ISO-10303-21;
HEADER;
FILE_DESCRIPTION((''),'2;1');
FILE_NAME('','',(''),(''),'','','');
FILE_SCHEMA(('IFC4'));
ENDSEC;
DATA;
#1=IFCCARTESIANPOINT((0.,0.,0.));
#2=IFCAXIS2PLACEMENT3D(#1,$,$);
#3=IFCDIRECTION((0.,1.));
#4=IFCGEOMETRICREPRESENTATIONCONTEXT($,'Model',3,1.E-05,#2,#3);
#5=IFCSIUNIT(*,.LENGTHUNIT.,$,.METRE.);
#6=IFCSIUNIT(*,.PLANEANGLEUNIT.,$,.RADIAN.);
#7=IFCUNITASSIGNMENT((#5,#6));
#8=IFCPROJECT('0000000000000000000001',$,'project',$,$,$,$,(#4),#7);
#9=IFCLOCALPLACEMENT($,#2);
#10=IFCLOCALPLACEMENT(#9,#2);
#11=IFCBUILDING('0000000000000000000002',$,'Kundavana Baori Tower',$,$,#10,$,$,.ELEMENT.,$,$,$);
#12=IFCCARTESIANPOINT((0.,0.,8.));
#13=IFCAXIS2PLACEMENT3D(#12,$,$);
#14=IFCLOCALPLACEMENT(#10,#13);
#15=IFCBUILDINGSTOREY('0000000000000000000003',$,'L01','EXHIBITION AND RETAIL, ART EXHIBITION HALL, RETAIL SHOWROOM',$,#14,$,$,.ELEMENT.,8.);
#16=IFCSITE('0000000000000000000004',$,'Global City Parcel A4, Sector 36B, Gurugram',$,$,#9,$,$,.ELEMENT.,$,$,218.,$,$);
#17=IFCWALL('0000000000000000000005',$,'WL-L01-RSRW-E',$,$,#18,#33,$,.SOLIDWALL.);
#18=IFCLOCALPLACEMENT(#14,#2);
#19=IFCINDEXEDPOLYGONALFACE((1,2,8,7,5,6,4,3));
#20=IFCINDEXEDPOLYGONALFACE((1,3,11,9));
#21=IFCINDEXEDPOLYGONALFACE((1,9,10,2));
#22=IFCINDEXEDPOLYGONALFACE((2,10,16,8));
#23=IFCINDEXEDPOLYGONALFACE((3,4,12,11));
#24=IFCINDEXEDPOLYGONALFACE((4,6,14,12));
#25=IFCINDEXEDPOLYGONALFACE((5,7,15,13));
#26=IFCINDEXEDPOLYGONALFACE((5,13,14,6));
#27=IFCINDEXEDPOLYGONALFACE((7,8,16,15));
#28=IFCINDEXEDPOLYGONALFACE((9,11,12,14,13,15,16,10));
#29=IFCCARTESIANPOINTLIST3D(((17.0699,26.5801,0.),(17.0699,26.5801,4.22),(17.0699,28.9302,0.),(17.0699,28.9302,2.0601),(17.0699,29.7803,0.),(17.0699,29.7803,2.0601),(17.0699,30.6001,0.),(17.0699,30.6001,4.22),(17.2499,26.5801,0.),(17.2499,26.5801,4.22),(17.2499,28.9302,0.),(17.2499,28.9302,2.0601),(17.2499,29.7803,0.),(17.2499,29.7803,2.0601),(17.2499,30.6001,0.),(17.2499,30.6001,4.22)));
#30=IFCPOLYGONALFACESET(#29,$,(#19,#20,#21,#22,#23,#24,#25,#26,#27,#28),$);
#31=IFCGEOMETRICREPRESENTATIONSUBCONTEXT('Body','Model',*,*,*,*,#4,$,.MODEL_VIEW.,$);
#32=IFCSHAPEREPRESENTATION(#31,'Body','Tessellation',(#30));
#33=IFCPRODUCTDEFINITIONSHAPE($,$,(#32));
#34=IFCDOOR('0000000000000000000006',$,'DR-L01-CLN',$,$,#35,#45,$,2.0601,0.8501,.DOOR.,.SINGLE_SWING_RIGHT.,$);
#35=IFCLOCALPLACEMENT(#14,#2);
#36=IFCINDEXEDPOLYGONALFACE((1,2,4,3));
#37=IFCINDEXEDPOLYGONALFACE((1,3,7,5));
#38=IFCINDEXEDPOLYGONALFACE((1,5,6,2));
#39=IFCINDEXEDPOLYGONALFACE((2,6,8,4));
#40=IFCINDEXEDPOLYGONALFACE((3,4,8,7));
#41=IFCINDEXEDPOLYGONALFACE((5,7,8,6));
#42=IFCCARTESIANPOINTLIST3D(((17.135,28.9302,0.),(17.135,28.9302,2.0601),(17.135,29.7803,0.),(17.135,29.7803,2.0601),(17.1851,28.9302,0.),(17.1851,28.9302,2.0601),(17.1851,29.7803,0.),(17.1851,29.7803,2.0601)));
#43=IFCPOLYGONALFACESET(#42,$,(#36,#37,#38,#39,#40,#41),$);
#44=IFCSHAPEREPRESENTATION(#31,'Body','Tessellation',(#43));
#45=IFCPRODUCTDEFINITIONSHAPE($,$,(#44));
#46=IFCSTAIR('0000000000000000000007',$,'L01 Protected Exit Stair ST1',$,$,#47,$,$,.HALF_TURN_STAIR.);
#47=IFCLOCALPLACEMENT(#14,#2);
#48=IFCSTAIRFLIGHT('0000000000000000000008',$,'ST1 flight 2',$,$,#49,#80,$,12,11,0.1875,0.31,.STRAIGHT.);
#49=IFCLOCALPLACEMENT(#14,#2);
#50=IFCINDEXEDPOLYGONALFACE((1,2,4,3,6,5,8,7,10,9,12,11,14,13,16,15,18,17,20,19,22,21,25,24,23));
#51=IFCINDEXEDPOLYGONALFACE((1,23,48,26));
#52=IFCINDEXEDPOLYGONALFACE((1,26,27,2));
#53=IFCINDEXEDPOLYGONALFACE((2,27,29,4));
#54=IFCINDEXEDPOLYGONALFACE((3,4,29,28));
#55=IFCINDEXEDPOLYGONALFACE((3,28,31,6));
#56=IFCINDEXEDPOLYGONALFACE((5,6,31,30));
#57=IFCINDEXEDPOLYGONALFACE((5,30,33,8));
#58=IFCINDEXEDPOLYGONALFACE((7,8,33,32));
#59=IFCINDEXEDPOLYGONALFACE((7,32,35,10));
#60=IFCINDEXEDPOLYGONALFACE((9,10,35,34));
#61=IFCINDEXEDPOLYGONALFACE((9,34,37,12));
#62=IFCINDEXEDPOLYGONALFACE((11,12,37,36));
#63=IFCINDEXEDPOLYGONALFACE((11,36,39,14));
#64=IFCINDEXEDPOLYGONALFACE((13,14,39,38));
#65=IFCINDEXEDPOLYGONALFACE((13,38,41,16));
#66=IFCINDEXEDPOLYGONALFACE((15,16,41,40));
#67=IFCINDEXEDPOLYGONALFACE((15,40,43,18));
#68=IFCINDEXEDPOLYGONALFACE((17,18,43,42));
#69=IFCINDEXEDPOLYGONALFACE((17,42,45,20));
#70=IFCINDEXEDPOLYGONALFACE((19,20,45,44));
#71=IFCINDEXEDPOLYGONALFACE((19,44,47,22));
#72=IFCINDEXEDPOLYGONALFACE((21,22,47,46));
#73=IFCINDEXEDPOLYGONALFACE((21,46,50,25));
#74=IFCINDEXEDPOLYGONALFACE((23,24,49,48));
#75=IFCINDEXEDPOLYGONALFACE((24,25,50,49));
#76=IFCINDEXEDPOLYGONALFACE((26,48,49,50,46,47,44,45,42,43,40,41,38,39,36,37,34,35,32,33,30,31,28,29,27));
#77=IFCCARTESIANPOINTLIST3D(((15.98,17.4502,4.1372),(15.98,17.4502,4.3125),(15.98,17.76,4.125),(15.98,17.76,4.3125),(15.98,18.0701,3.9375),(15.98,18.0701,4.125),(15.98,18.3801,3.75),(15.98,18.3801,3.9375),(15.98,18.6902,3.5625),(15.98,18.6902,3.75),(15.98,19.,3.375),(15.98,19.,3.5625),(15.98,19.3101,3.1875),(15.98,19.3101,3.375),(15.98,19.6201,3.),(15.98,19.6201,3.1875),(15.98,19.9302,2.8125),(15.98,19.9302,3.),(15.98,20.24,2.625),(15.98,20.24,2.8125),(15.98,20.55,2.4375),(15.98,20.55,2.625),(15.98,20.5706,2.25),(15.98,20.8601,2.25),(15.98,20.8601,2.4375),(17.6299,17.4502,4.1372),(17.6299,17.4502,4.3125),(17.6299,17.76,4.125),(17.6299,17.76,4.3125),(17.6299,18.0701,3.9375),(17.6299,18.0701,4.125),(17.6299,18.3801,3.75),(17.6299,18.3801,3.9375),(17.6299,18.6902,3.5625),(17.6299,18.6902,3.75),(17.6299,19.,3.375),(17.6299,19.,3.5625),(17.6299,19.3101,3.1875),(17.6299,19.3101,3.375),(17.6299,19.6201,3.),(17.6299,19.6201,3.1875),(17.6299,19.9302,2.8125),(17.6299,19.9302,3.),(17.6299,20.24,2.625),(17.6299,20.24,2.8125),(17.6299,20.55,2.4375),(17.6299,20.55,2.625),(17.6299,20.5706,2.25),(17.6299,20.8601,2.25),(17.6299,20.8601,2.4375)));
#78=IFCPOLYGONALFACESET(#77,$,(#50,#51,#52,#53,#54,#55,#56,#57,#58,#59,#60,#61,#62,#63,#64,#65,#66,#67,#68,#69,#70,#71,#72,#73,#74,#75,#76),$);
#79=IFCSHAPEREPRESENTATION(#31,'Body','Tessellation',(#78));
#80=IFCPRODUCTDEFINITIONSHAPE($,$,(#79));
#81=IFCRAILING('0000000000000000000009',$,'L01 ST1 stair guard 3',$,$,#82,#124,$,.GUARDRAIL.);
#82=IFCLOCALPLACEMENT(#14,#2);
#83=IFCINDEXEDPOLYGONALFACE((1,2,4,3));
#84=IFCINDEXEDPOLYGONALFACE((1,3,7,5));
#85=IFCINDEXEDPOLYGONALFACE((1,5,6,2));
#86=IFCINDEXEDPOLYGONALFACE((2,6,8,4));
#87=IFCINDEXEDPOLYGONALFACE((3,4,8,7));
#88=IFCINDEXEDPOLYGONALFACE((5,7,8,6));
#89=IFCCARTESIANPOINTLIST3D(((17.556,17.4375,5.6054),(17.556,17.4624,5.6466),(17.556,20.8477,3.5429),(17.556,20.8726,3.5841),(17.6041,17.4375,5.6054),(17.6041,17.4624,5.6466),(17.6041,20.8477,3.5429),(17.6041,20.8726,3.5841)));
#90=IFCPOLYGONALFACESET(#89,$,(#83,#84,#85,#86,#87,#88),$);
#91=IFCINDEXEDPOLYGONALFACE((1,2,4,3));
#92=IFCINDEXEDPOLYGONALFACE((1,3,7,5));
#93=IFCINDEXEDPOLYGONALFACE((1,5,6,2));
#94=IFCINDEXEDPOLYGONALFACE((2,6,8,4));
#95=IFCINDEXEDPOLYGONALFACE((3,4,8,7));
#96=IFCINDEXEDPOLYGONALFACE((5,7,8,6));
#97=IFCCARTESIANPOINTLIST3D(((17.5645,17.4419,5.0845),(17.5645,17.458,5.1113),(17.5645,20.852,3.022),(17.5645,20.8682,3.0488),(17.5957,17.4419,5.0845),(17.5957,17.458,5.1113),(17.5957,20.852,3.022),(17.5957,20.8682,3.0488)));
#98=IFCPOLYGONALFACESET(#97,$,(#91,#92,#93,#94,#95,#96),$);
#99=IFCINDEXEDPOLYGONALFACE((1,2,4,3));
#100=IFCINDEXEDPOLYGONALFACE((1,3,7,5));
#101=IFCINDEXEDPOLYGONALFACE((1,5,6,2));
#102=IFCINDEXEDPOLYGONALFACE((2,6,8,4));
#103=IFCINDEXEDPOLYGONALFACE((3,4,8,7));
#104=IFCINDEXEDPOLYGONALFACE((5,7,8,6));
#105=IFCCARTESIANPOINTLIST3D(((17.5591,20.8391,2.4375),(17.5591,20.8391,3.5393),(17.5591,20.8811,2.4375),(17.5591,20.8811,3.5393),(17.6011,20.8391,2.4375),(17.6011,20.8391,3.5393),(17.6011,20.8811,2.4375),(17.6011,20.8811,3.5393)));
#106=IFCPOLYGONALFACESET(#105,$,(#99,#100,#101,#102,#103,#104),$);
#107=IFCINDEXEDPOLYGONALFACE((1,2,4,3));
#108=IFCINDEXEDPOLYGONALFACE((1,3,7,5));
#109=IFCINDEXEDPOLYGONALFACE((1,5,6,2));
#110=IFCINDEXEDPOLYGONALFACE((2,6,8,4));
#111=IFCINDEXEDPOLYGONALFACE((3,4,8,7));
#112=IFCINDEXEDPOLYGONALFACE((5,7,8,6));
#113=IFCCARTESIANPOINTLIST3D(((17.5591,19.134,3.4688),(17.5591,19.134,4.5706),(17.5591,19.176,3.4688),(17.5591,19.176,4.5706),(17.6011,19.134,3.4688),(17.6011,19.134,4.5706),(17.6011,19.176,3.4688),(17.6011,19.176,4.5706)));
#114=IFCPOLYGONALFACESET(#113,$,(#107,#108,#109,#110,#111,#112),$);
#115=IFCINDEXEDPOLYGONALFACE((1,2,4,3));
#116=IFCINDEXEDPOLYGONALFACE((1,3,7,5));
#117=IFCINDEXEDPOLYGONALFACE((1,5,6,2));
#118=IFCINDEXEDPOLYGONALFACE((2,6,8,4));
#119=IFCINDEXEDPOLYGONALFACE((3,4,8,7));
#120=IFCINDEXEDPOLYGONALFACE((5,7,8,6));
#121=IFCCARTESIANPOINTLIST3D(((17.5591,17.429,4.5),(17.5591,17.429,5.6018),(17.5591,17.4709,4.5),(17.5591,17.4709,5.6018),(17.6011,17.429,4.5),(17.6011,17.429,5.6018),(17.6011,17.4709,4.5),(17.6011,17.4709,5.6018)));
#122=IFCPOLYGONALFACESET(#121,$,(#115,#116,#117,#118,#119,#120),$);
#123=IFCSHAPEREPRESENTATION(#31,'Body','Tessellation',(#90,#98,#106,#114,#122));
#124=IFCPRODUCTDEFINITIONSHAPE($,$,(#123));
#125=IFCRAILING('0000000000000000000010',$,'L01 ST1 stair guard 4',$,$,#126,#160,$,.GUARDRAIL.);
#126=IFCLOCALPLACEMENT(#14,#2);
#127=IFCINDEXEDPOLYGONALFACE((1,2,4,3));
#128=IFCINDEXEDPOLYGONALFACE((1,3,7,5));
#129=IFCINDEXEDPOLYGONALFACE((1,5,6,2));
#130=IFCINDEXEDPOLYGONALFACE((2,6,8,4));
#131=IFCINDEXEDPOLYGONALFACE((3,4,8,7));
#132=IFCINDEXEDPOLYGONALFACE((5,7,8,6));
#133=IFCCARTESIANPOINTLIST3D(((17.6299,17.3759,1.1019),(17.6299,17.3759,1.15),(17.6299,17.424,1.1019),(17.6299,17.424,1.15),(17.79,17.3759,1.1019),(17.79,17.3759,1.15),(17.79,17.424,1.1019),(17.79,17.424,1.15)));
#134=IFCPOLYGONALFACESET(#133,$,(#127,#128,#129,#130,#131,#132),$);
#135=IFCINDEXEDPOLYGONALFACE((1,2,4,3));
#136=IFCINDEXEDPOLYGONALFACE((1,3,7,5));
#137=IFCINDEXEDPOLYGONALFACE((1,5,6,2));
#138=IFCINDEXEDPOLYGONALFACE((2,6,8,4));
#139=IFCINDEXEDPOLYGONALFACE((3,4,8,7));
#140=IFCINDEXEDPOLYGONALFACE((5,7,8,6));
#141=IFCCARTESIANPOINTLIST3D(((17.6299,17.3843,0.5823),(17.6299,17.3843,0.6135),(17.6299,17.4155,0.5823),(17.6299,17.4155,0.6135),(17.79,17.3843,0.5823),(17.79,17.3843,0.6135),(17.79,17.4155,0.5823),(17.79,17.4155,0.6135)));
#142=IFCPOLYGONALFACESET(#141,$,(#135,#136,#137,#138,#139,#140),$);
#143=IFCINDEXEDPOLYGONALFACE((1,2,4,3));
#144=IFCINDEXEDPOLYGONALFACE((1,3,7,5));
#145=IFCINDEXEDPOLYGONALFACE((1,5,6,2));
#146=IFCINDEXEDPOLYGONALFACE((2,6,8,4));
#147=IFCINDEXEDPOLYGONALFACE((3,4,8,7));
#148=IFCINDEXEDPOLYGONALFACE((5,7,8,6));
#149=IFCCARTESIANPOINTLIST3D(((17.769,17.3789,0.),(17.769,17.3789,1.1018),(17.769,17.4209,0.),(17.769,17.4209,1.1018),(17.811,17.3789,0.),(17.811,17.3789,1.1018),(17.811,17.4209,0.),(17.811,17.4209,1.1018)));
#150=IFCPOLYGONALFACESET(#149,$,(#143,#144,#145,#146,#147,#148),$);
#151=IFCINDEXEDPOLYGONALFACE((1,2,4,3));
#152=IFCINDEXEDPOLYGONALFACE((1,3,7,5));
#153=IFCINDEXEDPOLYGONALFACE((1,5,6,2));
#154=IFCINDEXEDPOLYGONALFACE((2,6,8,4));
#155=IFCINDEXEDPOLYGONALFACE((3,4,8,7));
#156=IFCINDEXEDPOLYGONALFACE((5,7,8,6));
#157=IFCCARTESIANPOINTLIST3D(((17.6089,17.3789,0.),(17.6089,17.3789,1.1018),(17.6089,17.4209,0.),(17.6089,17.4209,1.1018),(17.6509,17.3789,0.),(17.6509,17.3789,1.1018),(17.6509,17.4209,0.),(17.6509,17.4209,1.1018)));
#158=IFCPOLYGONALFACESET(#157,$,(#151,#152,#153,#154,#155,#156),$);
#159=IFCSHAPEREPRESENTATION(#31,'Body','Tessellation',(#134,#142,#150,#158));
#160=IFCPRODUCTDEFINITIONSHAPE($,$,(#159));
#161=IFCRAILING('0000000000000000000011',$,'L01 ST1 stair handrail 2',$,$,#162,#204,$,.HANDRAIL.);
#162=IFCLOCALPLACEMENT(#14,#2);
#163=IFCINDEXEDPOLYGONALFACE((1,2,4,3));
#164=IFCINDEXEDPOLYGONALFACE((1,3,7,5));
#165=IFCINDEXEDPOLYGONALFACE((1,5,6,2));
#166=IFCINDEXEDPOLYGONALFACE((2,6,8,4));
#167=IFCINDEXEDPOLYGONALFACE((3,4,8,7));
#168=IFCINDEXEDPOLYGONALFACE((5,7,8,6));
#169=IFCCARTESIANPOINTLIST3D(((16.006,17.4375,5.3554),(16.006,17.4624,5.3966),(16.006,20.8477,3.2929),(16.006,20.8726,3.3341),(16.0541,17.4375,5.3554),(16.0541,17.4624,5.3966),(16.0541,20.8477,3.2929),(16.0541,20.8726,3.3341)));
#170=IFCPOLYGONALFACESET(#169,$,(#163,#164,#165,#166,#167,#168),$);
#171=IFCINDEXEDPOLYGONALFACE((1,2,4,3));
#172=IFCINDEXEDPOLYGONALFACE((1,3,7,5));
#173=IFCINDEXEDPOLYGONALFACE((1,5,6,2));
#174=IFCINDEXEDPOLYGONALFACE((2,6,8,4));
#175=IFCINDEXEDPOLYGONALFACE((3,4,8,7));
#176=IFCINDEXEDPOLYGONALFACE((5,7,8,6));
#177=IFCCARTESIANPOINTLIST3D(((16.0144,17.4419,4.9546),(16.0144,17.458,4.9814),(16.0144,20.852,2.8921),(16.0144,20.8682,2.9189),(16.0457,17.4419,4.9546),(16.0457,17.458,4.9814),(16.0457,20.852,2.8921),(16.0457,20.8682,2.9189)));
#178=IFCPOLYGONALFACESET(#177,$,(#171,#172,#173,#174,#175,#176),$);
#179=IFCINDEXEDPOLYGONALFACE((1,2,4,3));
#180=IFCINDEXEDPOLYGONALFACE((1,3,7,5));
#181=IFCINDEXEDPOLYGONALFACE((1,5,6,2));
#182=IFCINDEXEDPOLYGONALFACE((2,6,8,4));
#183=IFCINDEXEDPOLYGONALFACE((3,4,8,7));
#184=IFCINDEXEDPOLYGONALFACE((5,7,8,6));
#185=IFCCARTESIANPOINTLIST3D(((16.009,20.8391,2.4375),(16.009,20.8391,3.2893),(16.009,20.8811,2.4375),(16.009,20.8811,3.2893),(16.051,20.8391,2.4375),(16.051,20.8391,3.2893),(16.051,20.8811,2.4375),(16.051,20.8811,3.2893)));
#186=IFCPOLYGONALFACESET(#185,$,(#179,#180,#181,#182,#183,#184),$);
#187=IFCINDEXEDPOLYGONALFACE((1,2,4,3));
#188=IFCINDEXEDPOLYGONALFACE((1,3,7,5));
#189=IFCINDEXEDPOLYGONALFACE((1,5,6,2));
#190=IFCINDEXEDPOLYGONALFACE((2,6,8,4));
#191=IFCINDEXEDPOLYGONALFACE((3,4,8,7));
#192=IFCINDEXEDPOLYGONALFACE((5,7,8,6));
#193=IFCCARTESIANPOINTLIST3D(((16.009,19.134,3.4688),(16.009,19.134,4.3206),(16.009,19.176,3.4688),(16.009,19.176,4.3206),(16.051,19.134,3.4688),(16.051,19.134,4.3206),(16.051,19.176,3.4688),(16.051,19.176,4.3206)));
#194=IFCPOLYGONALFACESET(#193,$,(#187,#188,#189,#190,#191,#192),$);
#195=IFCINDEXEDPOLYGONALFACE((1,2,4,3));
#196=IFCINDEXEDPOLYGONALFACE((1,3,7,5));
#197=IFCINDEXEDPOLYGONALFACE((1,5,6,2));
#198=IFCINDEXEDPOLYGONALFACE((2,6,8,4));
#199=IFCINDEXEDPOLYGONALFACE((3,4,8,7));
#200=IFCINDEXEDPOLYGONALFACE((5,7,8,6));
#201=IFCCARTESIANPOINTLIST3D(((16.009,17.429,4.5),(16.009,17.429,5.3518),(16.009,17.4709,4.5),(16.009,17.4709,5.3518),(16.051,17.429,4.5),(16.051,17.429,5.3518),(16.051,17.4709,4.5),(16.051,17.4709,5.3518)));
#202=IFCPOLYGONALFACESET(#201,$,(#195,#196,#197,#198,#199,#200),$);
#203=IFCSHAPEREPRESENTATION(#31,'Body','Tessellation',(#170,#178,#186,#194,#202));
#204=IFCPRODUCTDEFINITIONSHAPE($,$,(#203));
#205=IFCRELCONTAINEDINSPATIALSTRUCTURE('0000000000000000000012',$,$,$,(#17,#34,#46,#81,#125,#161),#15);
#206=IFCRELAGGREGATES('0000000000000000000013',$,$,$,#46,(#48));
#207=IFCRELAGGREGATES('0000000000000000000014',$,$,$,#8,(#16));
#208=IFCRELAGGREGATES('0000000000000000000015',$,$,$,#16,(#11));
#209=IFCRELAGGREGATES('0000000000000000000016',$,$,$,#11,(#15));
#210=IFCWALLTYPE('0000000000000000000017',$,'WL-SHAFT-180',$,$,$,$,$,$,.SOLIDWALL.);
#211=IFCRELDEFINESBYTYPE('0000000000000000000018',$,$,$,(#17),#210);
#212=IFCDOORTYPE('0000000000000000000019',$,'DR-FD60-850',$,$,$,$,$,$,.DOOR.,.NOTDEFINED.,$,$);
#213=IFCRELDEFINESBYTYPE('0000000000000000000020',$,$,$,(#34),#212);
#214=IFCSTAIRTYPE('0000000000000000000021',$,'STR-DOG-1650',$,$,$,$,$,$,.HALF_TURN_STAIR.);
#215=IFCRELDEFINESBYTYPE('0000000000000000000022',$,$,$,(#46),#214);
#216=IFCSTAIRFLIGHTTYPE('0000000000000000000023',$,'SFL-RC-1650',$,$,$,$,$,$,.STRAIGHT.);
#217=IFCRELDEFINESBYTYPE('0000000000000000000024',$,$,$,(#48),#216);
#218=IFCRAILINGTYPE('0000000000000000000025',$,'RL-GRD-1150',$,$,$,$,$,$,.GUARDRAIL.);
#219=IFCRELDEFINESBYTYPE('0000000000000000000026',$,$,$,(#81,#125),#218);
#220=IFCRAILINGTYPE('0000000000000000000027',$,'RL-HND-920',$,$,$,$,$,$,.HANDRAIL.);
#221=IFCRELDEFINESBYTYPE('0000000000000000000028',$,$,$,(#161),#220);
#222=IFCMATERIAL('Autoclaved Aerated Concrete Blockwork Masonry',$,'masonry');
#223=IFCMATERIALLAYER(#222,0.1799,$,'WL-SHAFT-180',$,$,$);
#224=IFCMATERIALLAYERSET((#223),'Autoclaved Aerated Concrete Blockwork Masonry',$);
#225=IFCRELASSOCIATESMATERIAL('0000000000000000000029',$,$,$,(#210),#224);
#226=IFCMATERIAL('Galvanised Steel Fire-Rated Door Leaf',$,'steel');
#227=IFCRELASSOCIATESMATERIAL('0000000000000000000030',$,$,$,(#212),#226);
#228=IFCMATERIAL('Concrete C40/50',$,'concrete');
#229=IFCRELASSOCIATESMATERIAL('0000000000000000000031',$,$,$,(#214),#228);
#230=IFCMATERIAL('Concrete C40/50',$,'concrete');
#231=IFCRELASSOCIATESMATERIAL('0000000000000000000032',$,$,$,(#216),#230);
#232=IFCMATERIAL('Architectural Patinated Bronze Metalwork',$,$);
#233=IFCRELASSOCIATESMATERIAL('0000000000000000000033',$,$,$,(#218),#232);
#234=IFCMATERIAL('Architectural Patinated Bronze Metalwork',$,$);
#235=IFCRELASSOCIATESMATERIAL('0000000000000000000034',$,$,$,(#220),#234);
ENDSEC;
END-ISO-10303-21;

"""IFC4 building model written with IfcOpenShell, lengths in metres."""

from ifc_helpers import new_model, si_unit, direction, frame, frame_2d, origin, origin_2d, place, context, subcontext, project, spatial, polyline, rectangle, outline, extrude, material, layer, layer_set, type_object, element, fill, aggregate, save


model = new_model("IFC4")

# Units and contexts
model_context = context("Model", 3, precision=1e-05, world=origin(), true_north=direction((0.0, 1.0)))
body_context = subcontext(model_context, "Body", "Model", "MODEL_VIEW")
ifc_project = project(units=[si_unit("LENGTHUNIT", "METRE"), si_unit("PLANEANGLEUNIT", "RADIAN")], contexts=[model_context])

# Site, building, storey
site_placement = place(None, origin())
site = spatial("IfcSite", under=ifc_project, at=site_placement, Name="Global City Parcel A4, Sector 36B, Gurugram", CompositionType="ELEMENT", RefElevation=218.0)
building_placement = place(site_placement, origin())
building = spatial("IfcBuilding", under=site, at=building_placement, Name="Kundavana Baori Tower", CompositionType="ELEMENT")
storey_placement = place(building_placement, frame((0.0, 0.0, 8.0)))
storey = spatial("IfcBuildingStorey", under=building, at=storey_placement, Name="L01", Description="EXHIBITION AND RETAIL, ART EXHIBITION HALL, RETAIL SHOWROOM", CompositionType="ELEMENT", Elevation=8.0)

# Shared definitions
ifc_material_1 = material(Name="Autoclaved Aerated Concrete Blockwork Masonry", Category="masonry")
ifc_layer_1 = layer(ifc_material_1, 0.1799, Name="WL-SHAFT-180")
ifc_layer_set_1 = layer_set([ifc_layer_1], Name="Autoclaved Aerated Concrete Blockwork Masonry")
wall_type_1 = type_object("IfcWallType", Name="WL-SHAFT-180", PredefinedType="SOLIDWALL", material=ifc_layer_set_1)

# Wall, opening, door
wall_1_placement = place(storey_placement, frame((17.1599, 26.5801, 0.0), z_axis=(0.0, 0.0, 1.0), x_axis=(0.0, 1.0, 0.0)))
wall_1 = element("IfcWall", 1, at=wall_1_placement, inside=storey, type_object=wall_type_1, Name="WL-L01-RSRW-E", PredefinedType="SOLIDWALL", context=body_context, shape_type="SweptSolid", body=[
    extrude(rectangle(XDim=4.02, YDim=0.1799, at=frame_2d((2.01, 0.0))), origin(), (0.0, 0.0, 1.0), 4.22),
])
opening_1_placement = place(wall_1_placement, frame((2.3501, 0.0, 0.0)))
opening_1 = element("IfcOpeningElement", 2, at=opening_1_placement, cuts=wall_1, PredefinedType="OPENING", context=body_context, shape_type="SweptSolid", body=[
    extrude(rectangle(XDim=0.8501, YDim=2.0601, at=frame_2d((0.425, 1.03))), frame((0.0, 0.1001, 0.0), z_axis=(0.0, -1.0, 0.0), x_axis=(1.0, 0.0, 0.0)), (0.0, 0.0, 1.0), 0.2),
])
ifc_material_2 = material(Name="Galvanised Steel Fire-Rated Door Leaf", Category="steel")
door_type_1 = type_object("IfcDoorType", Name="DR-FD60-850", OperationType="NOTDEFINED", PredefinedType="DOOR", material=ifc_material_2)
door_1_placement = place(opening_1_placement, origin())
door_1 = element("IfcDoor", 3, at=door_1_placement, inside=storey, type_object=door_type_1, Name="DR-L01-CLN", OperationType="SINGLE_SWING_RIGHT", OverallHeight=2.0601, OverallWidth=0.8501, PredefinedType="DOOR", context=body_context, shape_type="SweptSolid", body=[
    extrude(rectangle(XDim=0.8501, YDim=2.0601, at=frame_2d((0.425, 1.03))), frame((0.0, 0.0249, 0.0), z_axis=(0.0, -1.0, 0.0), x_axis=(1.0, 0.0, 0.0)), (0.0, 0.0, 1.0), 0.05),
])
fill(opening_1, door_1)

# Stair, stair flight
ifc_material_3 = material(Name="Concrete C40/50", Category="concrete")
stair_type = type_object("IfcStairType", Name="STR-DOG-1650", PredefinedType="HALF_TURN_STAIR", material=ifc_material_3)
stair_placement = place(storey_placement, origin())
stair = element("IfcStair", 4, at=stair_placement, inside=storey, type_object=stair_type, Name="L01 Protected Exit Stair ST1", PredefinedType="HALF_TURN_STAIR")
ifc_material_4 = material(Name="Concrete C40/50", Category="concrete")
stair_flight_type = type_object("IfcStairFlightType", Name="SFL-RC-1650", PredefinedType="STRAIGHT", material=ifc_material_4)
stair_flight_placement = place(storey_placement, frame((16.8049, 20.8601, 2.25), z_axis=(0.0, 0.0, 1.0), x_axis=(0.0, -1.0, 0.0)))
stair_flight = element("IfcStairFlight", 5, at=stair_flight_placement, type_object=stair_flight_type, Name="ST1 flight 2", NumberOfRisers=12, NumberOfTreads=11, PredefinedType="STRAIGHT", RiserHeight=0.1875, TreadLength=0.31, context=body_context, shape_type="SweptSolid", body=[
    extrude(outline(polyline([(0.0, 0.0), (0.0, 0.1875), (0.3101, 0.1875), (0.3101, 0.375), (0.6201, 0.375), (0.6201, 0.5625), (0.9299, 0.5625), (0.9299, 0.75), (1.24, 0.75), (1.24, 0.9375), (1.55, 0.9375), (1.55, 1.125), (1.8601, 1.125), (1.8601, 1.3125), (2.1699, 1.3125), (2.1699, 1.5), (2.48, 1.5), (2.48, 1.6875), (2.79, 1.6875), (2.79, 1.875), (3.1001, 1.875), (3.1001, 2.0625), (3.4099, 2.0625), (3.4099, 2.25), (3.4099, 1.8872), (0.2896, 0.0), (0.0, 0.0)])), frame((0.0, 0.825, 0.0), z_axis=(0.0, -1.0, 0.0), x_axis=(1.0, 0.0, 0.0)), (0.0, 0.0, 1.0), 1.6499),
])
aggregate(stair, [stair_flight])

# Railings
ifc_material_5 = material(Name="Architectural Patinated Bronze Metalwork")
railing_type_1 = type_object("IfcRailingType", Name="RL-GRD-1150", PredefinedType="GUARDRAIL", material=ifc_material_5)
railing_1_placement = place(storey_placement, frame((17.5801, 20.8601, 2.4375)))
element("IfcRailing", 6, at=railing_1_placement, inside=storey, type_object=railing_type_1, Name="L01 ST1 stair guard 3", PredefinedType="GUARDRAIL", context=body_context, shape_type="SweptSolid", body=[
    extrude(rectangle(XDim=0.0481, YDim=0.0481, at=origin_2d()), frame((0.0, 0.0, 1.126), z_axis=(0.0, -0.855671, 0.517519), x_axis=(1.0, 0.0, 0.0)), (0.0, 0.0, 1.0), 3.9854),
    extrude(rectangle(XDim=0.0312, YDim=0.0312, at=origin_2d()), frame((0.0, 0.0, 0.5979), z_axis=(0.0, -0.855671, 0.517519), x_axis=(1.0, 0.0, 0.0)), (0.0, 0.0, 1.0), 3.9854),
    extrude(rectangle(XDim=0.042, YDim=0.042, at=origin_2d()), origin(), (0.0, 0.0, 1.0), 1.1018),
    extrude(rectangle(XDim=0.042, YDim=0.042, at=origin_2d()), frame((0.0, -1.7051, 1.0312)), (0.0, 0.0, 1.0), 1.1018),
    extrude(rectangle(XDim=0.042, YDim=0.042, at=origin_2d()), frame((0.0, -3.4102, 2.0625)), (0.0, 0.0, 1.0), 1.1018),
])
railing_2_placement = place(storey_placement, frame((17.79, 17.3999, 0.0)))
element("IfcRailing", 7, at=railing_2_placement, inside=storey, type_object=railing_type_1, Name="L01 ST1 stair guard 4", PredefinedType="GUARDRAIL", context=body_context, shape_type="SweptSolid", body=[
    extrude(rectangle(XDim=0.0481, YDim=0.0481, at=origin_2d()), frame((0.0, 0.0, 1.126), z_axis=(-1.0, 0.0, 0.0), x_axis=(0.0, -1.0, 0.0)), (0.0, 0.0, 1.0), 0.1602),
    extrude(rectangle(XDim=0.0312, YDim=0.0312, at=origin_2d()), frame((0.0, 0.0, 0.5979), z_axis=(-1.0, 0.0, 0.0), x_axis=(0.0, -1.0, 0.0)), (0.0, 0.0, 1.0), 0.1602),
    extrude(rectangle(XDim=0.042, YDim=0.042, at=origin_2d()), origin(), (0.0, 0.0, 1.0), 1.1018),
    extrude(rectangle(XDim=0.042, YDim=0.042, at=origin_2d()), frame((-0.1602, 0.0, 0.0)), (0.0, 0.0, 1.0), 1.1018),
])
ifc_material_6 = material(Name="Architectural Patinated Bronze Metalwork")
railing_type_2 = type_object("IfcRailingType", Name="RL-HND-920", PredefinedType="HANDRAIL", material=ifc_material_6)
railing_3_placement = place(storey_placement, frame((16.03, 20.8601, 2.4375)))
element("IfcRailing", 8, at=railing_3_placement, inside=storey, type_object=railing_type_2, Name="L01 ST1 stair handrail 2", PredefinedType="HANDRAIL", context=body_context, shape_type="SweptSolid", body=[
    extrude(rectangle(XDim=0.0481, YDim=0.0481, at=origin_2d()), frame((0.0, 0.0, 0.876), z_axis=(0.0, -0.855671, 0.517519), x_axis=(1.0, 0.0, 0.0)), (0.0, 0.0, 1.0), 3.9854),
    extrude(rectangle(XDim=0.0312, YDim=0.0312, at=origin_2d()), frame((0.0, 0.0, 0.468), z_axis=(0.0, -0.855671, 0.517519), x_axis=(1.0, 0.0, 0.0)), (0.0, 0.0, 1.0), 3.9854),
    extrude(rectangle(XDim=0.042, YDim=0.042, at=origin_2d()), origin(), (0.0, 0.0, 1.0), 0.8518),
    extrude(rectangle(XDim=0.042, YDim=0.042, at=origin_2d()), frame((0.0, -1.7051, 1.0312)), (0.0, 0.0, 1.0), 0.8518),
    extrude(rectangle(XDim=0.042, YDim=0.042, at=origin_2d()), frame((0.0, -3.4102, 2.0625)), (0.0, 0.0, 1.0), 0.8518),
])

save(model, "model.ifc")
